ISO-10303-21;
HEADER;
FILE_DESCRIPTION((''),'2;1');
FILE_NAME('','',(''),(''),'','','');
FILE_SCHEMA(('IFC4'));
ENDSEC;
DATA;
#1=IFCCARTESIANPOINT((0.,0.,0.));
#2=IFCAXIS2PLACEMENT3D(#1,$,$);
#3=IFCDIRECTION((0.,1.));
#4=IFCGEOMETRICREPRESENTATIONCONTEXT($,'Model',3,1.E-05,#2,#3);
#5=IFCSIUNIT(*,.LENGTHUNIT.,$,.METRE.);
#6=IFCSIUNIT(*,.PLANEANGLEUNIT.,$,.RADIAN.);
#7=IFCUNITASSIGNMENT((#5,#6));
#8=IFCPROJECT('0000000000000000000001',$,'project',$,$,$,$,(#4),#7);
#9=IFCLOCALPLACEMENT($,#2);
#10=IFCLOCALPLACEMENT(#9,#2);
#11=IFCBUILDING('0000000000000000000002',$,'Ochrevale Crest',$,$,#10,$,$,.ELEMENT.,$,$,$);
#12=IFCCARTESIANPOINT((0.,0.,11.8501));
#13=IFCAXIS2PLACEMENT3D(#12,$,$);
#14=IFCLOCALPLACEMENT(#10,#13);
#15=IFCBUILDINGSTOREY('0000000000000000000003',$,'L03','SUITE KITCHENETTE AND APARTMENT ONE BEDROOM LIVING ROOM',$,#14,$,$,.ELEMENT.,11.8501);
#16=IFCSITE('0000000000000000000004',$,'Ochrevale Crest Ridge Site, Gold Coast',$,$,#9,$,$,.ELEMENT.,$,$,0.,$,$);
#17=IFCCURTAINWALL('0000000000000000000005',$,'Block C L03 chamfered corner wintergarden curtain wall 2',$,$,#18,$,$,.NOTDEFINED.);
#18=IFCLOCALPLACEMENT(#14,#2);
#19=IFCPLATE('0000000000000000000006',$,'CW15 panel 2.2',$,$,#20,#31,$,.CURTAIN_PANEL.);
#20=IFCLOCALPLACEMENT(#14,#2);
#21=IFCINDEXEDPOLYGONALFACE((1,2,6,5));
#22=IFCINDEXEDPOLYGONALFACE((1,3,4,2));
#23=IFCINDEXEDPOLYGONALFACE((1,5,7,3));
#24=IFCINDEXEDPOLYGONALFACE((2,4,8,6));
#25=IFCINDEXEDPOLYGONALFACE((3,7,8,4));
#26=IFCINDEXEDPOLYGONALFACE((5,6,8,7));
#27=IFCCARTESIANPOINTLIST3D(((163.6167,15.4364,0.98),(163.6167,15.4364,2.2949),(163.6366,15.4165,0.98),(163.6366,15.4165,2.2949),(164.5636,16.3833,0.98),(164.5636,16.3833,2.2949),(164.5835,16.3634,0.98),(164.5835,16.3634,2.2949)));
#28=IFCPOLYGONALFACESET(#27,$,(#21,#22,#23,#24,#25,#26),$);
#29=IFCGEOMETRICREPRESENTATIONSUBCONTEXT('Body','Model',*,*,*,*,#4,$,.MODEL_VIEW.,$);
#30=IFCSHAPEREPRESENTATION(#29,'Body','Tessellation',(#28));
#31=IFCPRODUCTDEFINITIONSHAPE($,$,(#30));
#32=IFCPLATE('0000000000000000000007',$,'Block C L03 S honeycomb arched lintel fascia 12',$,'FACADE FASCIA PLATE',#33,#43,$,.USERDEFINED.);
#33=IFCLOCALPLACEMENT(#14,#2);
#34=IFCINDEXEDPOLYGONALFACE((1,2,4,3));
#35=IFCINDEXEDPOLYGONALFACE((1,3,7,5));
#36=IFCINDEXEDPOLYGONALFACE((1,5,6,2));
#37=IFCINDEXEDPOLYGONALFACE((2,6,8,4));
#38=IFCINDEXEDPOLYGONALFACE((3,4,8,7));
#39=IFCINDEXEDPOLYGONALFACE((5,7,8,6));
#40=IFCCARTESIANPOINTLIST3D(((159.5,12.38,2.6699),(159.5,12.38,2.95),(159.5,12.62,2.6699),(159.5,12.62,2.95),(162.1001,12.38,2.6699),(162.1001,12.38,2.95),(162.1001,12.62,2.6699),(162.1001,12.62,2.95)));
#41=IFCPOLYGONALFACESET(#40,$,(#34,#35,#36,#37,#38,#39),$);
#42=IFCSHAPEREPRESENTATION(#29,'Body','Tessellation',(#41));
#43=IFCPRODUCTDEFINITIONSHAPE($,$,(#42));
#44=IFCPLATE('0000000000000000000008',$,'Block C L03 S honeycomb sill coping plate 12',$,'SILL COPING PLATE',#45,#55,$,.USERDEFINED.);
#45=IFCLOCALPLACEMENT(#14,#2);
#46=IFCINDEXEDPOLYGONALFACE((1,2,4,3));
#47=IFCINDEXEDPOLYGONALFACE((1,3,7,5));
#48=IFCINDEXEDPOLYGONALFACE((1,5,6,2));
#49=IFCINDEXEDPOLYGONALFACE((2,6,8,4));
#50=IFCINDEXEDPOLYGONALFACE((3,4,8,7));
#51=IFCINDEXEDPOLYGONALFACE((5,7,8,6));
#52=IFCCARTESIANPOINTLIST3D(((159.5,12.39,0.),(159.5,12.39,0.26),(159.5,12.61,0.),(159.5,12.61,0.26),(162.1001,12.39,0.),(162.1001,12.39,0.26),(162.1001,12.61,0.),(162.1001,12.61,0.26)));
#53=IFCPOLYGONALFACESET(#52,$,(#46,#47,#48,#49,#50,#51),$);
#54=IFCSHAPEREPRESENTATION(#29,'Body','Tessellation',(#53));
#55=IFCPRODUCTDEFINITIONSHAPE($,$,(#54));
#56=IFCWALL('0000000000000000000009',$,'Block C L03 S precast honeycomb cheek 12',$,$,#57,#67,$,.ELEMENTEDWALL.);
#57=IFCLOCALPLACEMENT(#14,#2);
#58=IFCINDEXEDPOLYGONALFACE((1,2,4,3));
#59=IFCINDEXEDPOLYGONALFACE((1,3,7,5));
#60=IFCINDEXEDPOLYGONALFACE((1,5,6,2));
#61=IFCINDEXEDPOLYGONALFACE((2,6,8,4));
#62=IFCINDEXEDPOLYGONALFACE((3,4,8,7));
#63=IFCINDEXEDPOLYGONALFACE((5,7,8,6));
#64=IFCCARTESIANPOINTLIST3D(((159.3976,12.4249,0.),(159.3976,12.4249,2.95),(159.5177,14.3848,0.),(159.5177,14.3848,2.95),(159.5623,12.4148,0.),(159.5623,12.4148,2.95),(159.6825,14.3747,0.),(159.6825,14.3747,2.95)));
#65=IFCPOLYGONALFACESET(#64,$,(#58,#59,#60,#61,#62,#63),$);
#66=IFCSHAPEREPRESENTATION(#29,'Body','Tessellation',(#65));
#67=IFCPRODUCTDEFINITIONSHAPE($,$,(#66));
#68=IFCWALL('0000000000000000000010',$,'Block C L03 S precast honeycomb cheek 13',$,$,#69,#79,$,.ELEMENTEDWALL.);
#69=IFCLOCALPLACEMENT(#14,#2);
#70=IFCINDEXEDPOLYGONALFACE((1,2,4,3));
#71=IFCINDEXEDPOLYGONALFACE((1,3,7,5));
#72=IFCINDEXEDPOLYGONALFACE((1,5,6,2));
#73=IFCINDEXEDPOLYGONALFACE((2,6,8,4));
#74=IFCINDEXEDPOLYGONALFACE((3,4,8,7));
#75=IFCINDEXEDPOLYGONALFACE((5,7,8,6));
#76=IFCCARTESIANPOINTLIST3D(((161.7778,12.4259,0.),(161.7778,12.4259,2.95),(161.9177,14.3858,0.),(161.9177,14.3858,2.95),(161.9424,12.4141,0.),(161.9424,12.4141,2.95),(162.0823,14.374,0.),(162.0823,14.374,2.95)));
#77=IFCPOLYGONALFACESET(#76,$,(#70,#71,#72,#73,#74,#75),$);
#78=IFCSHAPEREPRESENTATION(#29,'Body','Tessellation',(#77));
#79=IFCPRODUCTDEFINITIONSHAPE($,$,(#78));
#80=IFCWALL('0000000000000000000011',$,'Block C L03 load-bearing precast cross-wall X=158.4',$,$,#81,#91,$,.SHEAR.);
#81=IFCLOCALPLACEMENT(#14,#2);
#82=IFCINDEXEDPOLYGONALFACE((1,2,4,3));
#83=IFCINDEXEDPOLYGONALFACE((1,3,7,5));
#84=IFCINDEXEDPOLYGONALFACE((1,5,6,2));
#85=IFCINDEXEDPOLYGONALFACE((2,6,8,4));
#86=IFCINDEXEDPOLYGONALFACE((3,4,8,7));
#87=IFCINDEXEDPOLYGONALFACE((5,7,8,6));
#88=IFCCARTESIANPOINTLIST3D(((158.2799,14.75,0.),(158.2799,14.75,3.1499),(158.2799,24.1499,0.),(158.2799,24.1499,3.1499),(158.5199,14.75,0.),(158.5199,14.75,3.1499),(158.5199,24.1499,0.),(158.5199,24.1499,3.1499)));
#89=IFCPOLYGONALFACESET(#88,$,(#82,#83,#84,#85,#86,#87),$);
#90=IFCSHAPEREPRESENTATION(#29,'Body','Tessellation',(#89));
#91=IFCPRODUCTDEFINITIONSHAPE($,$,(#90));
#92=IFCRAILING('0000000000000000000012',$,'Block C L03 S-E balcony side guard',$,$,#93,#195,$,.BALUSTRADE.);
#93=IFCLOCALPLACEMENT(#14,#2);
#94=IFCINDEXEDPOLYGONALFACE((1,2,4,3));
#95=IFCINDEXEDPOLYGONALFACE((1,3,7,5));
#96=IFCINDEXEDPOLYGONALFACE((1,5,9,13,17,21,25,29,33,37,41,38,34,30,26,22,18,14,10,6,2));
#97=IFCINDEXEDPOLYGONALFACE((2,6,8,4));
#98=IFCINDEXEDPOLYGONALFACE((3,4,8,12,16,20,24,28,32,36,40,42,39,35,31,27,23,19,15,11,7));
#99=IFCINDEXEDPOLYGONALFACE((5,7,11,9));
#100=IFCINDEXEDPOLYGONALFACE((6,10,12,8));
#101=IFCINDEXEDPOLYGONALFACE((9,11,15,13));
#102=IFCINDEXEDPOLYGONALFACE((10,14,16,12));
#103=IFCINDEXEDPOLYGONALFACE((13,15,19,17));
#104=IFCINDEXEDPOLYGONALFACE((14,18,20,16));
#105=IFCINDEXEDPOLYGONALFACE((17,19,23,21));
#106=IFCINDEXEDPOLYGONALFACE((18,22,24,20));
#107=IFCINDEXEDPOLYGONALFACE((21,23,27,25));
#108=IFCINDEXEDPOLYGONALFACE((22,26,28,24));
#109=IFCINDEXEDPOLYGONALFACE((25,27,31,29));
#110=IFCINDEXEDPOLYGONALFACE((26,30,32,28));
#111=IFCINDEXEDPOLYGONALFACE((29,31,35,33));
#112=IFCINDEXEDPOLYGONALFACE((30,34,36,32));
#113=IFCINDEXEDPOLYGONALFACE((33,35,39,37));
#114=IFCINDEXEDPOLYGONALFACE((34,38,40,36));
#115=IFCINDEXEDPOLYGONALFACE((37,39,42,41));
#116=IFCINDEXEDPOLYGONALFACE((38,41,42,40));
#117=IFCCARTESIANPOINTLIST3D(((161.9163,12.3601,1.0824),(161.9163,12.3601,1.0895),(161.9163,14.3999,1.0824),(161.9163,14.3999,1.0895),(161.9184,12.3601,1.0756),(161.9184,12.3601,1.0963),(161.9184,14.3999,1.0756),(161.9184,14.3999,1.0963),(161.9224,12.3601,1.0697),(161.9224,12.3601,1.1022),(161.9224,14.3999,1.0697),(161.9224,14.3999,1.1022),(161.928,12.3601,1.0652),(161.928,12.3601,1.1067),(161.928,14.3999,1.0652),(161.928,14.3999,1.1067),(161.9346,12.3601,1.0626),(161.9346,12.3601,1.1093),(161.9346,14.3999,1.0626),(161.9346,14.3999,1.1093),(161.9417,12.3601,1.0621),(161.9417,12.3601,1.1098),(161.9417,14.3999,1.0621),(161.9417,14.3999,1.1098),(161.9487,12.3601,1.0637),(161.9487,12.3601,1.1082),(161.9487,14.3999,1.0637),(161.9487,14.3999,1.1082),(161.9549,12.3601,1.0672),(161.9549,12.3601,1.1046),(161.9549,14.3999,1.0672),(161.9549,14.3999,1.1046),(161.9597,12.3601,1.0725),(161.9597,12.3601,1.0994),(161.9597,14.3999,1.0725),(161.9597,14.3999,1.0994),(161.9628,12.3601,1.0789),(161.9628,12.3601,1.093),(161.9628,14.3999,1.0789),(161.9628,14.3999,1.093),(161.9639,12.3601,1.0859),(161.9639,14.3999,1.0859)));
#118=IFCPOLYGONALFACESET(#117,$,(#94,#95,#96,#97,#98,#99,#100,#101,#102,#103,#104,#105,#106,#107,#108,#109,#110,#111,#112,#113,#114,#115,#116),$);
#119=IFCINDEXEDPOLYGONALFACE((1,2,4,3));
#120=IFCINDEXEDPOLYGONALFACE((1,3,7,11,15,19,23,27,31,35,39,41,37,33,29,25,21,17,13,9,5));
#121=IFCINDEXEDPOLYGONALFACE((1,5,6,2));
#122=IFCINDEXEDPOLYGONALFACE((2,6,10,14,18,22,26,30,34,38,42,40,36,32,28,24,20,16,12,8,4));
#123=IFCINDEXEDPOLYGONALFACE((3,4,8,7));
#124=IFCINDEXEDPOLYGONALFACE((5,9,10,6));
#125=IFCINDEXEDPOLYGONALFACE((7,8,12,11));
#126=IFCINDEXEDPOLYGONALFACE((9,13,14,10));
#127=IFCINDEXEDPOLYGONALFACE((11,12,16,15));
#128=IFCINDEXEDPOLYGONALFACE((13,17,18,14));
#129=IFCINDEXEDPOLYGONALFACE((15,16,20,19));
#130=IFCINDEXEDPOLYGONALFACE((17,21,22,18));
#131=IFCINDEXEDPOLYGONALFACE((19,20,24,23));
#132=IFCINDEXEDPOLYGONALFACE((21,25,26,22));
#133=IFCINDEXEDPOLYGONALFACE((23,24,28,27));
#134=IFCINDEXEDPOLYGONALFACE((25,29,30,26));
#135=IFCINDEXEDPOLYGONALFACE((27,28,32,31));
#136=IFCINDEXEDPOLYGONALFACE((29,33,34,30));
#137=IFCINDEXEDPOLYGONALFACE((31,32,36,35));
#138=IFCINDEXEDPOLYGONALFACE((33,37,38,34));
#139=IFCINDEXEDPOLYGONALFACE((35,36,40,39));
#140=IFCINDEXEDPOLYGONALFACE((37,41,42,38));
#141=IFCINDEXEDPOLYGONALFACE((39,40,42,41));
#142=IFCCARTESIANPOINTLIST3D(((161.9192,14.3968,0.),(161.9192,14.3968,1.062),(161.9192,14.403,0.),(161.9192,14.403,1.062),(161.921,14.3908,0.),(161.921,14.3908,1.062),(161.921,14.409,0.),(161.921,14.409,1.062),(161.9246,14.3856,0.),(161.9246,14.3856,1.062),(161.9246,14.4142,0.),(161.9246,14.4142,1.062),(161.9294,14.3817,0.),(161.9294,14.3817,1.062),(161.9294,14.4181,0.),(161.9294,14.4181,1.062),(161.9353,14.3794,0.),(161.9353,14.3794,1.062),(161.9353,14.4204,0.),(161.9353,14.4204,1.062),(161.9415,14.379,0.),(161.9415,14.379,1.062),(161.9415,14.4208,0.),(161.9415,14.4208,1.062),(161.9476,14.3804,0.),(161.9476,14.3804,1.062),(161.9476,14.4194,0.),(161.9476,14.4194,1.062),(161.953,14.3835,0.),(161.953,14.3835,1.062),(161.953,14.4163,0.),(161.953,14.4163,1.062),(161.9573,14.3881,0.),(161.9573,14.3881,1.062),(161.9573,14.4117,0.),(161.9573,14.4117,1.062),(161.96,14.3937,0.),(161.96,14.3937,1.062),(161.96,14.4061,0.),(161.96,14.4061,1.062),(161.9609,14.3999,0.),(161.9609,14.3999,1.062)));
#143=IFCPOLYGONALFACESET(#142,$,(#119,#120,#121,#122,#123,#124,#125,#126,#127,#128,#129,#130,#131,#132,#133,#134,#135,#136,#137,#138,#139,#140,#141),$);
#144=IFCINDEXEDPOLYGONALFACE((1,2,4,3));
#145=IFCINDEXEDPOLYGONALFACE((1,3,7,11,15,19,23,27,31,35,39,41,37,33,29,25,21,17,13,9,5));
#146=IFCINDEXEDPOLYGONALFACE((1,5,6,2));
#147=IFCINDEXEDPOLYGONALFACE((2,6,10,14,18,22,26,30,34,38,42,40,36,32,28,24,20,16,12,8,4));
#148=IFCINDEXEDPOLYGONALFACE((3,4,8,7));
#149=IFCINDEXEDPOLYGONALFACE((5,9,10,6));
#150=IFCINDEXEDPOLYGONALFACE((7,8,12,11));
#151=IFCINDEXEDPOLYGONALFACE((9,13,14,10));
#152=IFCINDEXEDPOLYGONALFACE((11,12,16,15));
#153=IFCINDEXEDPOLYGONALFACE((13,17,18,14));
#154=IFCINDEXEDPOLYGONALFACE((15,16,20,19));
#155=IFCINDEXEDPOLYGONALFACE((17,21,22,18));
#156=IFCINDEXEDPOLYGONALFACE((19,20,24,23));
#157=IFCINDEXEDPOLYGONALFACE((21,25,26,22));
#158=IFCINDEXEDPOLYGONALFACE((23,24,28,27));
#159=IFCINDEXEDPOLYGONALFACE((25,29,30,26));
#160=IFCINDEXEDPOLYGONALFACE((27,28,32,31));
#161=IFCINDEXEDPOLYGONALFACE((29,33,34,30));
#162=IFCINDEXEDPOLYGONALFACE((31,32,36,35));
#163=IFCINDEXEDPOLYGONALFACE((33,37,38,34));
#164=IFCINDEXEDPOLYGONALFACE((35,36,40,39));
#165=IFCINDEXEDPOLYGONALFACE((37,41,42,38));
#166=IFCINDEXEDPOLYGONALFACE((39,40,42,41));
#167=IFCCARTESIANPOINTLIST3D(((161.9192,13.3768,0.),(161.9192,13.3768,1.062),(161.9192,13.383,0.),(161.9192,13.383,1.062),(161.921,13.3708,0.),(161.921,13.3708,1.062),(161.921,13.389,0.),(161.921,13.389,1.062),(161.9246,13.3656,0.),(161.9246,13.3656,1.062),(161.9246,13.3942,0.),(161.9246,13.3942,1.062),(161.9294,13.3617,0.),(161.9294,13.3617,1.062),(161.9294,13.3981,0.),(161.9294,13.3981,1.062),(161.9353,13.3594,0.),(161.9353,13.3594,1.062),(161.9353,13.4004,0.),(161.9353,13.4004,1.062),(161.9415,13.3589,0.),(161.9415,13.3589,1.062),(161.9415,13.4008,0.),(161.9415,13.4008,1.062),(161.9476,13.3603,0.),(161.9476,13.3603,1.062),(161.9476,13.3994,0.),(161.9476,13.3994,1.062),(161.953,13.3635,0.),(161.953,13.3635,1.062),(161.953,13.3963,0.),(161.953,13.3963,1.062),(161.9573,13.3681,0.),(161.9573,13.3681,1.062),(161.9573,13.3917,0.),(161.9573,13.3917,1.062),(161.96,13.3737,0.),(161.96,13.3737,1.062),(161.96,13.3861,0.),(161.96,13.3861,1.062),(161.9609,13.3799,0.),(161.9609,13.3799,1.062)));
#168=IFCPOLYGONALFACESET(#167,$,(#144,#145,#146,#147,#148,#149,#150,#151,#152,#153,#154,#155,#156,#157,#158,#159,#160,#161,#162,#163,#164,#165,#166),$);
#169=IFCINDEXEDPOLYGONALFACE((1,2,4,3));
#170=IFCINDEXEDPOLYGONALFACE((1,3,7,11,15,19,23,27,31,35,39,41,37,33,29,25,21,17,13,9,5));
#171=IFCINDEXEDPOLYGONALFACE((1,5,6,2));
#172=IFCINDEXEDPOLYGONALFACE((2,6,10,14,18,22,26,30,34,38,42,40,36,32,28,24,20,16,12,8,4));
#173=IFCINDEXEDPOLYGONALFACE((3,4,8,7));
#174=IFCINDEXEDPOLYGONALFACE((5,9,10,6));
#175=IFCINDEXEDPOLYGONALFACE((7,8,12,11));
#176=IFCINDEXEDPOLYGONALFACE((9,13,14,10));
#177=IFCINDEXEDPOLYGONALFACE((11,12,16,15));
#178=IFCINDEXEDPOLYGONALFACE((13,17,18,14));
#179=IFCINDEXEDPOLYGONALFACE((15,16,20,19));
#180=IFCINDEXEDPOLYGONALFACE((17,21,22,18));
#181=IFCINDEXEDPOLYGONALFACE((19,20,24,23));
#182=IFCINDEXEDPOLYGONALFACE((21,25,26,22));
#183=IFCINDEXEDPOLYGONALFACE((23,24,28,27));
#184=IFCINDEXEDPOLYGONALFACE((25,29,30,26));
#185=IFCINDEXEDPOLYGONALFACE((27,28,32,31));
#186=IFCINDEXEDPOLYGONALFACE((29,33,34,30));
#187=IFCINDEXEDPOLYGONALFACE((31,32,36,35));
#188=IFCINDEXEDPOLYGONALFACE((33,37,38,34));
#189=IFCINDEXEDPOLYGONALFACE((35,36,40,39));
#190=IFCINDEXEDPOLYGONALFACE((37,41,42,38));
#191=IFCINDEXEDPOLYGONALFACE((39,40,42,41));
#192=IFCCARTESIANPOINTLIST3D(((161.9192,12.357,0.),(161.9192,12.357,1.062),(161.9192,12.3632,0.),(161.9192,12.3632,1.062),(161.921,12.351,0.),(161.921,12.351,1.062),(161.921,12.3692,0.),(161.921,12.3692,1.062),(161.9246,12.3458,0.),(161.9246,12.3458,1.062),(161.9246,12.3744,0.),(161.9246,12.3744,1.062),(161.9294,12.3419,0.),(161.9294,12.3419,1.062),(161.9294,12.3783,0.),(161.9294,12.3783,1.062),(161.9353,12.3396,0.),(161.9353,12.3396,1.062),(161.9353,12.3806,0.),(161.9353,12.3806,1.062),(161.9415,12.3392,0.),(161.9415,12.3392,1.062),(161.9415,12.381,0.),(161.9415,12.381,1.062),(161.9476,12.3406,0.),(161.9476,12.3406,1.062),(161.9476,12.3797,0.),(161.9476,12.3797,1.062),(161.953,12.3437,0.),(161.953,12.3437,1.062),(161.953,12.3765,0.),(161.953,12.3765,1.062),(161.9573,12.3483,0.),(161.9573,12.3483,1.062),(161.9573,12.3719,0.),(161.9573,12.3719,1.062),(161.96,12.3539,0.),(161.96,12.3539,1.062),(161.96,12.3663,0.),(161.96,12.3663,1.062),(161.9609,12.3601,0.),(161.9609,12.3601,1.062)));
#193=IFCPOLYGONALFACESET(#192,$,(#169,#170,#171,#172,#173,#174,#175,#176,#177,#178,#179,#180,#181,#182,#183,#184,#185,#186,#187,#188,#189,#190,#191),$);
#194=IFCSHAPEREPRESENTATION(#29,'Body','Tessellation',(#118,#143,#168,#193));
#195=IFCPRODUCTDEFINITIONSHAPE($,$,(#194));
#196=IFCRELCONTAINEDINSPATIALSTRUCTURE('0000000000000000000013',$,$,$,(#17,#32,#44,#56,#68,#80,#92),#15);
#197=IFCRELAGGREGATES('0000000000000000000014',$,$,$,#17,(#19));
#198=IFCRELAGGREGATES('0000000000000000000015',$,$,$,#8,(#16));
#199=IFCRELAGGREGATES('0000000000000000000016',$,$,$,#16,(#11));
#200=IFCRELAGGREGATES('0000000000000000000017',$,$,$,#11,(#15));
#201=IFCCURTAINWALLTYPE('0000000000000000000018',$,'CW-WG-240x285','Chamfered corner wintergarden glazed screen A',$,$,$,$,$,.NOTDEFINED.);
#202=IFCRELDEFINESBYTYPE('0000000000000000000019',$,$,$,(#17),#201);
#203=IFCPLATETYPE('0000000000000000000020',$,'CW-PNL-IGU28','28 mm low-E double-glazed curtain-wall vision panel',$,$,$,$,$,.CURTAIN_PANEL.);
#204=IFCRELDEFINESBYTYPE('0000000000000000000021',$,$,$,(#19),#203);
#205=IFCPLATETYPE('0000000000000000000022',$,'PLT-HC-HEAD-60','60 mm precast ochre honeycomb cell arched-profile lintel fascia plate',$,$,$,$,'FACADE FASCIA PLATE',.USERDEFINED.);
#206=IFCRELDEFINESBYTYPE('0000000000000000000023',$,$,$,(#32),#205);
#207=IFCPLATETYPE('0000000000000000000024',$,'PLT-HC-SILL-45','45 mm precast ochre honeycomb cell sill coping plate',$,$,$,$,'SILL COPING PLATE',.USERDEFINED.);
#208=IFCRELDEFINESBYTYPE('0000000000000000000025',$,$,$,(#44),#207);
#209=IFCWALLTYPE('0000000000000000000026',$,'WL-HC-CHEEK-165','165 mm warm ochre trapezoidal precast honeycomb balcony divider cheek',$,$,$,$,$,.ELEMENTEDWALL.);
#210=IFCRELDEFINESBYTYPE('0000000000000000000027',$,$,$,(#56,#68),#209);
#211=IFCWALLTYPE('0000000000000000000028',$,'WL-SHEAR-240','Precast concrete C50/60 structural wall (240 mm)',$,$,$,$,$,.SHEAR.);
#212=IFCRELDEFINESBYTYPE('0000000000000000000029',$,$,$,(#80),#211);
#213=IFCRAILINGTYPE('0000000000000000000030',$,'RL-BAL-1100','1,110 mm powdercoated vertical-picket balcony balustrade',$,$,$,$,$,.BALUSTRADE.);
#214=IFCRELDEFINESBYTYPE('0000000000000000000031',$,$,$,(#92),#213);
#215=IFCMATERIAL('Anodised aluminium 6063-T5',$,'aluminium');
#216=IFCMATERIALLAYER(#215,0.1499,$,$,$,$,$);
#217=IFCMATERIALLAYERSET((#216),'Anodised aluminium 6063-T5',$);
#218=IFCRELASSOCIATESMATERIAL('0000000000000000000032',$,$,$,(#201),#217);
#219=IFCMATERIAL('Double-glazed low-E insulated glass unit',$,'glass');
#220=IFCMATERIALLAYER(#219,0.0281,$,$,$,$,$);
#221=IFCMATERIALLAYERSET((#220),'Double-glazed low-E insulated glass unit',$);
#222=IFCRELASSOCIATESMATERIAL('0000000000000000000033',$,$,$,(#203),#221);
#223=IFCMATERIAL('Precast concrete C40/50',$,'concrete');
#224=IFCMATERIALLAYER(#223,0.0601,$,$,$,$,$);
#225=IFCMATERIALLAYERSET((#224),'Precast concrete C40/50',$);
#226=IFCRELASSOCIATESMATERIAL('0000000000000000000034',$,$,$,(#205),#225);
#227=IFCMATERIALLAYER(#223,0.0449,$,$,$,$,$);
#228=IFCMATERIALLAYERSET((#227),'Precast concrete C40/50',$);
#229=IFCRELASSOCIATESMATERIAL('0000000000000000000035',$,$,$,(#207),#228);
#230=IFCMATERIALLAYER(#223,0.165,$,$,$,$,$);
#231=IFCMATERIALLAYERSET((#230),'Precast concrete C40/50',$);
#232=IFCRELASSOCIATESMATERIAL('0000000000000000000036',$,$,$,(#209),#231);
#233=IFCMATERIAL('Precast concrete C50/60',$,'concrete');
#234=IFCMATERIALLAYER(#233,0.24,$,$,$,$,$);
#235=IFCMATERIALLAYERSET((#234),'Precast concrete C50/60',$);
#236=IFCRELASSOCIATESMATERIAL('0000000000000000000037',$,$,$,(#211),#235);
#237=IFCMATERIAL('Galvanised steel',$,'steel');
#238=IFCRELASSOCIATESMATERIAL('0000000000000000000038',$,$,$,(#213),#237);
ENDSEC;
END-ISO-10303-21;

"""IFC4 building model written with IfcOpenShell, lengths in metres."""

from ifc_helpers import new_model, si_unit, direction, frame, frame_2d, origin, origin_2d, place, context, subcontext, project, spatial, rectangle, circle, extrude, material, layer, layer_set, type_object, element, aggregate, save


model = new_model("IFC4")

# Units and contexts
model_context = context("Model", 3, precision=1e-05, world=origin(), true_north=direction((0.0, 1.0)))
body_context = subcontext(model_context, "Body", "Model", "MODEL_VIEW")
ifc_project = project(units=[si_unit("LENGTHUNIT", "METRE"), si_unit("PLANEANGLEUNIT", "RADIAN")], contexts=[model_context])

# Site, building, storey
site_placement = place(None, origin())
site = spatial("IfcSite", under=ifc_project, at=site_placement, Name="Ochrevale Crest Ridge Site, Gold Coast", CompositionType="ELEMENT", RefElevation=0.0)
building_placement = place(site_placement, origin())
building = spatial("IfcBuilding", under=site, at=building_placement, Name="Ochrevale Crest", CompositionType="ELEMENT")
storey_placement = place(building_placement, frame((0.0, 0.0, 11.8501)))
storey = spatial("IfcBuildingStorey", under=building, at=storey_placement, Name="L03", Description="SUITE KITCHENETTE AND APARTMENT ONE BEDROOM LIVING ROOM", CompositionType="ELEMENT", Elevation=11.8501)

# Curtain wall, plate
ifc_material_1 = material(Name="Anodised aluminium 6063-T5", Category="aluminium")
ifc_layer_1 = layer(ifc_material_1, 0.1499)
ifc_layer_set_1 = layer_set([ifc_layer_1], Name="Anodised aluminium 6063-T5")
curtain_wall_type = type_object("IfcCurtainWallType", Name="CW-WG-240x285", Description="Chamfered corner wintergarden glazed screen A", PredefinedType="NOTDEFINED", material=ifc_layer_set_1)
curtain_wall_placement = place(storey_placement, origin())
curtain_wall = element("IfcCurtainWall", 1, at=curtain_wall_placement, inside=storey, type_object=curtain_wall_type, Name="Block C L03 chamfered corner wintergarden curtain wall 2", PredefinedType="NOTDEFINED")
ifc_material_2 = material(Name="Double-glazed low-E insulated glass unit", Category="glass")
ifc_layer_2 = layer(ifc_material_2, 0.0281)
ifc_layer_set_2 = layer_set([ifc_layer_2], Name="Double-glazed low-E insulated glass unit")
plate_type_1 = type_object("IfcPlateType", Name="CW-PNL-IGU28", Description="28 mm low-E double-glazed curtain-wall vision panel", PredefinedType="CURTAIN_PANEL", material=ifc_layer_set_2)
plate_1_placement = place(storey_placement, frame((164.1001, 15.8999, 0.98), z_axis=(0.0, 0.0, 1.0), x_axis=(0.707107, 0.707107, 0.0)))
plate_1 = element("IfcPlate", 2, at=plate_1_placement, type_object=plate_type_1, Name="CW15 panel 2.2", PredefinedType="CURTAIN_PANEL", context=body_context, shape_type="SweptSolid", body=[
    extrude(rectangle(XDim=1.3391, YDim=0.0281, at=origin_2d()), origin(), (0.0, 0.0, 1.0), 1.3149),
])
aggregate(curtain_wall, [plate_1])

# Plates
ifc_material_3 = material(Name="Precast concrete C40/50", Category="concrete")
ifc_layer_3 = layer(ifc_material_3, 0.0601)
ifc_layer_set_3 = layer_set([ifc_layer_3], Name="Precast concrete C40/50")
plate_type_2 = type_object("IfcPlateType", Name="PLT-HC-HEAD-60", Description="60 mm precast ochre honeycomb cell arched-profile lintel fascia plate", ElementType="FACADE FASCIA PLATE", PredefinedType="USERDEFINED", material=ifc_layer_set_3)
plate_2_placement = place(storey_placement, frame((160.8, 12.5, 2.6699), z_axis=(0.0, 0.0, 1.0), x_axis=(1.0, 0.0, 0.0)))
element("IfcPlate", 3, at=plate_2_placement, inside=storey, type_object=plate_type_2, Name="Block C L03 S honeycomb arched lintel fascia 12", ObjectType="FACADE FASCIA PLATE", PredefinedType="USERDEFINED", context=body_context, shape_type="SweptSolid", body=[
    extrude(rectangle(XDim=2.6001, YDim=0.24, at=origin_2d()), origin(), (0.0, 0.0, 1.0), 0.28),
])
ifc_layer_4 = layer(ifc_material_3, 0.0449)
ifc_layer_set_4 = layer_set([ifc_layer_4], Name="Precast concrete C40/50")
plate_type_3 = type_object("IfcPlateType", Name="PLT-HC-SILL-45", Description="45 mm precast ochre honeycomb cell sill coping plate", ElementType="SILL COPING PLATE", PredefinedType="USERDEFINED", material=ifc_layer_set_4)
plate_3_placement = place(storey_placement, frame((160.8, 12.5, 0.0), z_axis=(0.0, 0.0, 1.0), x_axis=(1.0, 0.0, 0.0)))
element("IfcPlate", 4, at=plate_3_placement, inside=storey, type_object=plate_type_3, Name="Block C L03 S honeycomb sill coping plate 12", ObjectType="SILL COPING PLATE", PredefinedType="USERDEFINED", context=body_context, shape_type="SweptSolid", body=[
    extrude(rectangle(XDim=2.6001, YDim=0.22, at=origin_2d()), origin(), (0.0, 0.0, 1.0), 0.26),
])

# Walls
ifc_layer_5 = layer(ifc_material_3, 0.165)
ifc_layer_set_5 = layer_set([ifc_layer_5], Name="Precast concrete C40/50")
wall_type_1 = type_object("IfcWallType", Name="WL-HC-CHEEK-165", Description="165 mm warm ochre trapezoidal precast honeycomb balcony divider cheek", PredefinedType="ELEMENTEDWALL", material=ifc_layer_set_5)
wall_1_placement = place(storey_placement, frame((159.6001, 14.3799, 0.0), z_axis=(0.0, 0.0, 1.0), x_axis=(-0.061171, -0.998127, 0.0)))
element("IfcWall", 5, at=wall_1_placement, inside=storey, type_object=wall_type_1, Name="Block C L03 S precast honeycomb cheek 12", PredefinedType="ELEMENTEDWALL", context=body_context, shape_type="SweptSolid", body=[
    extrude(rectangle(XDim=1.9636, YDim=0.165, at=frame_2d((0.9819, 0.0))), origin(), (0.0, 0.0, 1.0), 2.95),
])
wall_2_placement = place(storey_placement, frame((162.0, 14.3799, 0.0), z_axis=(0.0, 0.0, 1.0), x_axis=(-0.071194, -0.997462, 0.0)))
element("IfcWall", 6, at=wall_2_placement, inside=storey, type_object=wall_type_1, Name="Block C L03 S precast honeycomb cheek 13", PredefinedType="ELEMENTEDWALL", context=body_context, shape_type="SweptSolid", body=[
    extrude(rectangle(XDim=1.9648, YDim=0.165, at=frame_2d((0.9824, 0.0))), origin(), (0.0, 0.0, 1.0), 2.95),
])
ifc_material_4 = material(Name="Precast concrete C50/60", Category="concrete")
ifc_layer_6 = layer(ifc_material_4, 0.24)
ifc_layer_set_6 = layer_set([ifc_layer_6], Name="Precast concrete C50/60")
wall_type_2 = type_object("IfcWallType", Name="WL-SHEAR-240", Description="Precast concrete C50/60 structural wall (240 mm)", PredefinedType="SHEAR", material=ifc_layer_set_6)
wall_3_placement = place(storey_placement, frame((158.3999, 14.75, 0.0), z_axis=(0.0, 0.0, 1.0), x_axis=(0.0, 1.0, 0.0)))
element("IfcWall", 7, at=wall_3_placement, inside=storey, type_object=wall_type_2, Name="Block C L03 load-bearing precast cross-wall X=158.4", PredefinedType="SHEAR", context=body_context, shape_type="SweptSolid", body=[
    extrude(rectangle(XDim=9.3999, YDim=0.24, at=frame_2d((4.7, 0.0))), origin(), (0.0, 0.0, 1.0), 3.1499),
])

# Railing
ifc_material_5 = material(Name="Galvanised steel", Category="steel")
railing_type = type_object("IfcRailingType", Name="RL-BAL-1100", Description="1,110 mm powdercoated vertical-picket balcony balustrade", PredefinedType="BALUSTRADE", material=ifc_material_5)
railing_placement = place(storey_placement, frame((161.9399, 14.3999, 0.0)))
element("IfcRailing", 8, at=railing_placement, inside=storey, type_object=railing_type, Name="Block C L03 S-E balcony side guard", PredefinedType="BALUSTRADE", context=body_context, shape_type="SweptSolid", body=[
    extrude(circle(Radius=0.0239, at=origin_2d()), frame((0.0, 0.0, 1.0859), z_axis=(0.0, -1.0, 0.0), x_axis=(1.0, 0.0, 0.0)), (0.0, 0.0, 1.0), 2.0398),
    extrude(circle(Radius=0.021, at=origin_2d()), origin(), (0.0, 0.0, 1.0), 1.062),
    extrude(circle(Radius=0.021, at=origin_2d()), frame((0.0, -1.02, 0.0)), (0.0, 0.0, 1.0), 1.062),
    extrude(circle(Radius=0.021, at=origin_2d()), frame((0.0, -2.0398, 0.0)), (0.0, 0.0, 1.0), 1.062),
])

save(model, "model.ifc")
